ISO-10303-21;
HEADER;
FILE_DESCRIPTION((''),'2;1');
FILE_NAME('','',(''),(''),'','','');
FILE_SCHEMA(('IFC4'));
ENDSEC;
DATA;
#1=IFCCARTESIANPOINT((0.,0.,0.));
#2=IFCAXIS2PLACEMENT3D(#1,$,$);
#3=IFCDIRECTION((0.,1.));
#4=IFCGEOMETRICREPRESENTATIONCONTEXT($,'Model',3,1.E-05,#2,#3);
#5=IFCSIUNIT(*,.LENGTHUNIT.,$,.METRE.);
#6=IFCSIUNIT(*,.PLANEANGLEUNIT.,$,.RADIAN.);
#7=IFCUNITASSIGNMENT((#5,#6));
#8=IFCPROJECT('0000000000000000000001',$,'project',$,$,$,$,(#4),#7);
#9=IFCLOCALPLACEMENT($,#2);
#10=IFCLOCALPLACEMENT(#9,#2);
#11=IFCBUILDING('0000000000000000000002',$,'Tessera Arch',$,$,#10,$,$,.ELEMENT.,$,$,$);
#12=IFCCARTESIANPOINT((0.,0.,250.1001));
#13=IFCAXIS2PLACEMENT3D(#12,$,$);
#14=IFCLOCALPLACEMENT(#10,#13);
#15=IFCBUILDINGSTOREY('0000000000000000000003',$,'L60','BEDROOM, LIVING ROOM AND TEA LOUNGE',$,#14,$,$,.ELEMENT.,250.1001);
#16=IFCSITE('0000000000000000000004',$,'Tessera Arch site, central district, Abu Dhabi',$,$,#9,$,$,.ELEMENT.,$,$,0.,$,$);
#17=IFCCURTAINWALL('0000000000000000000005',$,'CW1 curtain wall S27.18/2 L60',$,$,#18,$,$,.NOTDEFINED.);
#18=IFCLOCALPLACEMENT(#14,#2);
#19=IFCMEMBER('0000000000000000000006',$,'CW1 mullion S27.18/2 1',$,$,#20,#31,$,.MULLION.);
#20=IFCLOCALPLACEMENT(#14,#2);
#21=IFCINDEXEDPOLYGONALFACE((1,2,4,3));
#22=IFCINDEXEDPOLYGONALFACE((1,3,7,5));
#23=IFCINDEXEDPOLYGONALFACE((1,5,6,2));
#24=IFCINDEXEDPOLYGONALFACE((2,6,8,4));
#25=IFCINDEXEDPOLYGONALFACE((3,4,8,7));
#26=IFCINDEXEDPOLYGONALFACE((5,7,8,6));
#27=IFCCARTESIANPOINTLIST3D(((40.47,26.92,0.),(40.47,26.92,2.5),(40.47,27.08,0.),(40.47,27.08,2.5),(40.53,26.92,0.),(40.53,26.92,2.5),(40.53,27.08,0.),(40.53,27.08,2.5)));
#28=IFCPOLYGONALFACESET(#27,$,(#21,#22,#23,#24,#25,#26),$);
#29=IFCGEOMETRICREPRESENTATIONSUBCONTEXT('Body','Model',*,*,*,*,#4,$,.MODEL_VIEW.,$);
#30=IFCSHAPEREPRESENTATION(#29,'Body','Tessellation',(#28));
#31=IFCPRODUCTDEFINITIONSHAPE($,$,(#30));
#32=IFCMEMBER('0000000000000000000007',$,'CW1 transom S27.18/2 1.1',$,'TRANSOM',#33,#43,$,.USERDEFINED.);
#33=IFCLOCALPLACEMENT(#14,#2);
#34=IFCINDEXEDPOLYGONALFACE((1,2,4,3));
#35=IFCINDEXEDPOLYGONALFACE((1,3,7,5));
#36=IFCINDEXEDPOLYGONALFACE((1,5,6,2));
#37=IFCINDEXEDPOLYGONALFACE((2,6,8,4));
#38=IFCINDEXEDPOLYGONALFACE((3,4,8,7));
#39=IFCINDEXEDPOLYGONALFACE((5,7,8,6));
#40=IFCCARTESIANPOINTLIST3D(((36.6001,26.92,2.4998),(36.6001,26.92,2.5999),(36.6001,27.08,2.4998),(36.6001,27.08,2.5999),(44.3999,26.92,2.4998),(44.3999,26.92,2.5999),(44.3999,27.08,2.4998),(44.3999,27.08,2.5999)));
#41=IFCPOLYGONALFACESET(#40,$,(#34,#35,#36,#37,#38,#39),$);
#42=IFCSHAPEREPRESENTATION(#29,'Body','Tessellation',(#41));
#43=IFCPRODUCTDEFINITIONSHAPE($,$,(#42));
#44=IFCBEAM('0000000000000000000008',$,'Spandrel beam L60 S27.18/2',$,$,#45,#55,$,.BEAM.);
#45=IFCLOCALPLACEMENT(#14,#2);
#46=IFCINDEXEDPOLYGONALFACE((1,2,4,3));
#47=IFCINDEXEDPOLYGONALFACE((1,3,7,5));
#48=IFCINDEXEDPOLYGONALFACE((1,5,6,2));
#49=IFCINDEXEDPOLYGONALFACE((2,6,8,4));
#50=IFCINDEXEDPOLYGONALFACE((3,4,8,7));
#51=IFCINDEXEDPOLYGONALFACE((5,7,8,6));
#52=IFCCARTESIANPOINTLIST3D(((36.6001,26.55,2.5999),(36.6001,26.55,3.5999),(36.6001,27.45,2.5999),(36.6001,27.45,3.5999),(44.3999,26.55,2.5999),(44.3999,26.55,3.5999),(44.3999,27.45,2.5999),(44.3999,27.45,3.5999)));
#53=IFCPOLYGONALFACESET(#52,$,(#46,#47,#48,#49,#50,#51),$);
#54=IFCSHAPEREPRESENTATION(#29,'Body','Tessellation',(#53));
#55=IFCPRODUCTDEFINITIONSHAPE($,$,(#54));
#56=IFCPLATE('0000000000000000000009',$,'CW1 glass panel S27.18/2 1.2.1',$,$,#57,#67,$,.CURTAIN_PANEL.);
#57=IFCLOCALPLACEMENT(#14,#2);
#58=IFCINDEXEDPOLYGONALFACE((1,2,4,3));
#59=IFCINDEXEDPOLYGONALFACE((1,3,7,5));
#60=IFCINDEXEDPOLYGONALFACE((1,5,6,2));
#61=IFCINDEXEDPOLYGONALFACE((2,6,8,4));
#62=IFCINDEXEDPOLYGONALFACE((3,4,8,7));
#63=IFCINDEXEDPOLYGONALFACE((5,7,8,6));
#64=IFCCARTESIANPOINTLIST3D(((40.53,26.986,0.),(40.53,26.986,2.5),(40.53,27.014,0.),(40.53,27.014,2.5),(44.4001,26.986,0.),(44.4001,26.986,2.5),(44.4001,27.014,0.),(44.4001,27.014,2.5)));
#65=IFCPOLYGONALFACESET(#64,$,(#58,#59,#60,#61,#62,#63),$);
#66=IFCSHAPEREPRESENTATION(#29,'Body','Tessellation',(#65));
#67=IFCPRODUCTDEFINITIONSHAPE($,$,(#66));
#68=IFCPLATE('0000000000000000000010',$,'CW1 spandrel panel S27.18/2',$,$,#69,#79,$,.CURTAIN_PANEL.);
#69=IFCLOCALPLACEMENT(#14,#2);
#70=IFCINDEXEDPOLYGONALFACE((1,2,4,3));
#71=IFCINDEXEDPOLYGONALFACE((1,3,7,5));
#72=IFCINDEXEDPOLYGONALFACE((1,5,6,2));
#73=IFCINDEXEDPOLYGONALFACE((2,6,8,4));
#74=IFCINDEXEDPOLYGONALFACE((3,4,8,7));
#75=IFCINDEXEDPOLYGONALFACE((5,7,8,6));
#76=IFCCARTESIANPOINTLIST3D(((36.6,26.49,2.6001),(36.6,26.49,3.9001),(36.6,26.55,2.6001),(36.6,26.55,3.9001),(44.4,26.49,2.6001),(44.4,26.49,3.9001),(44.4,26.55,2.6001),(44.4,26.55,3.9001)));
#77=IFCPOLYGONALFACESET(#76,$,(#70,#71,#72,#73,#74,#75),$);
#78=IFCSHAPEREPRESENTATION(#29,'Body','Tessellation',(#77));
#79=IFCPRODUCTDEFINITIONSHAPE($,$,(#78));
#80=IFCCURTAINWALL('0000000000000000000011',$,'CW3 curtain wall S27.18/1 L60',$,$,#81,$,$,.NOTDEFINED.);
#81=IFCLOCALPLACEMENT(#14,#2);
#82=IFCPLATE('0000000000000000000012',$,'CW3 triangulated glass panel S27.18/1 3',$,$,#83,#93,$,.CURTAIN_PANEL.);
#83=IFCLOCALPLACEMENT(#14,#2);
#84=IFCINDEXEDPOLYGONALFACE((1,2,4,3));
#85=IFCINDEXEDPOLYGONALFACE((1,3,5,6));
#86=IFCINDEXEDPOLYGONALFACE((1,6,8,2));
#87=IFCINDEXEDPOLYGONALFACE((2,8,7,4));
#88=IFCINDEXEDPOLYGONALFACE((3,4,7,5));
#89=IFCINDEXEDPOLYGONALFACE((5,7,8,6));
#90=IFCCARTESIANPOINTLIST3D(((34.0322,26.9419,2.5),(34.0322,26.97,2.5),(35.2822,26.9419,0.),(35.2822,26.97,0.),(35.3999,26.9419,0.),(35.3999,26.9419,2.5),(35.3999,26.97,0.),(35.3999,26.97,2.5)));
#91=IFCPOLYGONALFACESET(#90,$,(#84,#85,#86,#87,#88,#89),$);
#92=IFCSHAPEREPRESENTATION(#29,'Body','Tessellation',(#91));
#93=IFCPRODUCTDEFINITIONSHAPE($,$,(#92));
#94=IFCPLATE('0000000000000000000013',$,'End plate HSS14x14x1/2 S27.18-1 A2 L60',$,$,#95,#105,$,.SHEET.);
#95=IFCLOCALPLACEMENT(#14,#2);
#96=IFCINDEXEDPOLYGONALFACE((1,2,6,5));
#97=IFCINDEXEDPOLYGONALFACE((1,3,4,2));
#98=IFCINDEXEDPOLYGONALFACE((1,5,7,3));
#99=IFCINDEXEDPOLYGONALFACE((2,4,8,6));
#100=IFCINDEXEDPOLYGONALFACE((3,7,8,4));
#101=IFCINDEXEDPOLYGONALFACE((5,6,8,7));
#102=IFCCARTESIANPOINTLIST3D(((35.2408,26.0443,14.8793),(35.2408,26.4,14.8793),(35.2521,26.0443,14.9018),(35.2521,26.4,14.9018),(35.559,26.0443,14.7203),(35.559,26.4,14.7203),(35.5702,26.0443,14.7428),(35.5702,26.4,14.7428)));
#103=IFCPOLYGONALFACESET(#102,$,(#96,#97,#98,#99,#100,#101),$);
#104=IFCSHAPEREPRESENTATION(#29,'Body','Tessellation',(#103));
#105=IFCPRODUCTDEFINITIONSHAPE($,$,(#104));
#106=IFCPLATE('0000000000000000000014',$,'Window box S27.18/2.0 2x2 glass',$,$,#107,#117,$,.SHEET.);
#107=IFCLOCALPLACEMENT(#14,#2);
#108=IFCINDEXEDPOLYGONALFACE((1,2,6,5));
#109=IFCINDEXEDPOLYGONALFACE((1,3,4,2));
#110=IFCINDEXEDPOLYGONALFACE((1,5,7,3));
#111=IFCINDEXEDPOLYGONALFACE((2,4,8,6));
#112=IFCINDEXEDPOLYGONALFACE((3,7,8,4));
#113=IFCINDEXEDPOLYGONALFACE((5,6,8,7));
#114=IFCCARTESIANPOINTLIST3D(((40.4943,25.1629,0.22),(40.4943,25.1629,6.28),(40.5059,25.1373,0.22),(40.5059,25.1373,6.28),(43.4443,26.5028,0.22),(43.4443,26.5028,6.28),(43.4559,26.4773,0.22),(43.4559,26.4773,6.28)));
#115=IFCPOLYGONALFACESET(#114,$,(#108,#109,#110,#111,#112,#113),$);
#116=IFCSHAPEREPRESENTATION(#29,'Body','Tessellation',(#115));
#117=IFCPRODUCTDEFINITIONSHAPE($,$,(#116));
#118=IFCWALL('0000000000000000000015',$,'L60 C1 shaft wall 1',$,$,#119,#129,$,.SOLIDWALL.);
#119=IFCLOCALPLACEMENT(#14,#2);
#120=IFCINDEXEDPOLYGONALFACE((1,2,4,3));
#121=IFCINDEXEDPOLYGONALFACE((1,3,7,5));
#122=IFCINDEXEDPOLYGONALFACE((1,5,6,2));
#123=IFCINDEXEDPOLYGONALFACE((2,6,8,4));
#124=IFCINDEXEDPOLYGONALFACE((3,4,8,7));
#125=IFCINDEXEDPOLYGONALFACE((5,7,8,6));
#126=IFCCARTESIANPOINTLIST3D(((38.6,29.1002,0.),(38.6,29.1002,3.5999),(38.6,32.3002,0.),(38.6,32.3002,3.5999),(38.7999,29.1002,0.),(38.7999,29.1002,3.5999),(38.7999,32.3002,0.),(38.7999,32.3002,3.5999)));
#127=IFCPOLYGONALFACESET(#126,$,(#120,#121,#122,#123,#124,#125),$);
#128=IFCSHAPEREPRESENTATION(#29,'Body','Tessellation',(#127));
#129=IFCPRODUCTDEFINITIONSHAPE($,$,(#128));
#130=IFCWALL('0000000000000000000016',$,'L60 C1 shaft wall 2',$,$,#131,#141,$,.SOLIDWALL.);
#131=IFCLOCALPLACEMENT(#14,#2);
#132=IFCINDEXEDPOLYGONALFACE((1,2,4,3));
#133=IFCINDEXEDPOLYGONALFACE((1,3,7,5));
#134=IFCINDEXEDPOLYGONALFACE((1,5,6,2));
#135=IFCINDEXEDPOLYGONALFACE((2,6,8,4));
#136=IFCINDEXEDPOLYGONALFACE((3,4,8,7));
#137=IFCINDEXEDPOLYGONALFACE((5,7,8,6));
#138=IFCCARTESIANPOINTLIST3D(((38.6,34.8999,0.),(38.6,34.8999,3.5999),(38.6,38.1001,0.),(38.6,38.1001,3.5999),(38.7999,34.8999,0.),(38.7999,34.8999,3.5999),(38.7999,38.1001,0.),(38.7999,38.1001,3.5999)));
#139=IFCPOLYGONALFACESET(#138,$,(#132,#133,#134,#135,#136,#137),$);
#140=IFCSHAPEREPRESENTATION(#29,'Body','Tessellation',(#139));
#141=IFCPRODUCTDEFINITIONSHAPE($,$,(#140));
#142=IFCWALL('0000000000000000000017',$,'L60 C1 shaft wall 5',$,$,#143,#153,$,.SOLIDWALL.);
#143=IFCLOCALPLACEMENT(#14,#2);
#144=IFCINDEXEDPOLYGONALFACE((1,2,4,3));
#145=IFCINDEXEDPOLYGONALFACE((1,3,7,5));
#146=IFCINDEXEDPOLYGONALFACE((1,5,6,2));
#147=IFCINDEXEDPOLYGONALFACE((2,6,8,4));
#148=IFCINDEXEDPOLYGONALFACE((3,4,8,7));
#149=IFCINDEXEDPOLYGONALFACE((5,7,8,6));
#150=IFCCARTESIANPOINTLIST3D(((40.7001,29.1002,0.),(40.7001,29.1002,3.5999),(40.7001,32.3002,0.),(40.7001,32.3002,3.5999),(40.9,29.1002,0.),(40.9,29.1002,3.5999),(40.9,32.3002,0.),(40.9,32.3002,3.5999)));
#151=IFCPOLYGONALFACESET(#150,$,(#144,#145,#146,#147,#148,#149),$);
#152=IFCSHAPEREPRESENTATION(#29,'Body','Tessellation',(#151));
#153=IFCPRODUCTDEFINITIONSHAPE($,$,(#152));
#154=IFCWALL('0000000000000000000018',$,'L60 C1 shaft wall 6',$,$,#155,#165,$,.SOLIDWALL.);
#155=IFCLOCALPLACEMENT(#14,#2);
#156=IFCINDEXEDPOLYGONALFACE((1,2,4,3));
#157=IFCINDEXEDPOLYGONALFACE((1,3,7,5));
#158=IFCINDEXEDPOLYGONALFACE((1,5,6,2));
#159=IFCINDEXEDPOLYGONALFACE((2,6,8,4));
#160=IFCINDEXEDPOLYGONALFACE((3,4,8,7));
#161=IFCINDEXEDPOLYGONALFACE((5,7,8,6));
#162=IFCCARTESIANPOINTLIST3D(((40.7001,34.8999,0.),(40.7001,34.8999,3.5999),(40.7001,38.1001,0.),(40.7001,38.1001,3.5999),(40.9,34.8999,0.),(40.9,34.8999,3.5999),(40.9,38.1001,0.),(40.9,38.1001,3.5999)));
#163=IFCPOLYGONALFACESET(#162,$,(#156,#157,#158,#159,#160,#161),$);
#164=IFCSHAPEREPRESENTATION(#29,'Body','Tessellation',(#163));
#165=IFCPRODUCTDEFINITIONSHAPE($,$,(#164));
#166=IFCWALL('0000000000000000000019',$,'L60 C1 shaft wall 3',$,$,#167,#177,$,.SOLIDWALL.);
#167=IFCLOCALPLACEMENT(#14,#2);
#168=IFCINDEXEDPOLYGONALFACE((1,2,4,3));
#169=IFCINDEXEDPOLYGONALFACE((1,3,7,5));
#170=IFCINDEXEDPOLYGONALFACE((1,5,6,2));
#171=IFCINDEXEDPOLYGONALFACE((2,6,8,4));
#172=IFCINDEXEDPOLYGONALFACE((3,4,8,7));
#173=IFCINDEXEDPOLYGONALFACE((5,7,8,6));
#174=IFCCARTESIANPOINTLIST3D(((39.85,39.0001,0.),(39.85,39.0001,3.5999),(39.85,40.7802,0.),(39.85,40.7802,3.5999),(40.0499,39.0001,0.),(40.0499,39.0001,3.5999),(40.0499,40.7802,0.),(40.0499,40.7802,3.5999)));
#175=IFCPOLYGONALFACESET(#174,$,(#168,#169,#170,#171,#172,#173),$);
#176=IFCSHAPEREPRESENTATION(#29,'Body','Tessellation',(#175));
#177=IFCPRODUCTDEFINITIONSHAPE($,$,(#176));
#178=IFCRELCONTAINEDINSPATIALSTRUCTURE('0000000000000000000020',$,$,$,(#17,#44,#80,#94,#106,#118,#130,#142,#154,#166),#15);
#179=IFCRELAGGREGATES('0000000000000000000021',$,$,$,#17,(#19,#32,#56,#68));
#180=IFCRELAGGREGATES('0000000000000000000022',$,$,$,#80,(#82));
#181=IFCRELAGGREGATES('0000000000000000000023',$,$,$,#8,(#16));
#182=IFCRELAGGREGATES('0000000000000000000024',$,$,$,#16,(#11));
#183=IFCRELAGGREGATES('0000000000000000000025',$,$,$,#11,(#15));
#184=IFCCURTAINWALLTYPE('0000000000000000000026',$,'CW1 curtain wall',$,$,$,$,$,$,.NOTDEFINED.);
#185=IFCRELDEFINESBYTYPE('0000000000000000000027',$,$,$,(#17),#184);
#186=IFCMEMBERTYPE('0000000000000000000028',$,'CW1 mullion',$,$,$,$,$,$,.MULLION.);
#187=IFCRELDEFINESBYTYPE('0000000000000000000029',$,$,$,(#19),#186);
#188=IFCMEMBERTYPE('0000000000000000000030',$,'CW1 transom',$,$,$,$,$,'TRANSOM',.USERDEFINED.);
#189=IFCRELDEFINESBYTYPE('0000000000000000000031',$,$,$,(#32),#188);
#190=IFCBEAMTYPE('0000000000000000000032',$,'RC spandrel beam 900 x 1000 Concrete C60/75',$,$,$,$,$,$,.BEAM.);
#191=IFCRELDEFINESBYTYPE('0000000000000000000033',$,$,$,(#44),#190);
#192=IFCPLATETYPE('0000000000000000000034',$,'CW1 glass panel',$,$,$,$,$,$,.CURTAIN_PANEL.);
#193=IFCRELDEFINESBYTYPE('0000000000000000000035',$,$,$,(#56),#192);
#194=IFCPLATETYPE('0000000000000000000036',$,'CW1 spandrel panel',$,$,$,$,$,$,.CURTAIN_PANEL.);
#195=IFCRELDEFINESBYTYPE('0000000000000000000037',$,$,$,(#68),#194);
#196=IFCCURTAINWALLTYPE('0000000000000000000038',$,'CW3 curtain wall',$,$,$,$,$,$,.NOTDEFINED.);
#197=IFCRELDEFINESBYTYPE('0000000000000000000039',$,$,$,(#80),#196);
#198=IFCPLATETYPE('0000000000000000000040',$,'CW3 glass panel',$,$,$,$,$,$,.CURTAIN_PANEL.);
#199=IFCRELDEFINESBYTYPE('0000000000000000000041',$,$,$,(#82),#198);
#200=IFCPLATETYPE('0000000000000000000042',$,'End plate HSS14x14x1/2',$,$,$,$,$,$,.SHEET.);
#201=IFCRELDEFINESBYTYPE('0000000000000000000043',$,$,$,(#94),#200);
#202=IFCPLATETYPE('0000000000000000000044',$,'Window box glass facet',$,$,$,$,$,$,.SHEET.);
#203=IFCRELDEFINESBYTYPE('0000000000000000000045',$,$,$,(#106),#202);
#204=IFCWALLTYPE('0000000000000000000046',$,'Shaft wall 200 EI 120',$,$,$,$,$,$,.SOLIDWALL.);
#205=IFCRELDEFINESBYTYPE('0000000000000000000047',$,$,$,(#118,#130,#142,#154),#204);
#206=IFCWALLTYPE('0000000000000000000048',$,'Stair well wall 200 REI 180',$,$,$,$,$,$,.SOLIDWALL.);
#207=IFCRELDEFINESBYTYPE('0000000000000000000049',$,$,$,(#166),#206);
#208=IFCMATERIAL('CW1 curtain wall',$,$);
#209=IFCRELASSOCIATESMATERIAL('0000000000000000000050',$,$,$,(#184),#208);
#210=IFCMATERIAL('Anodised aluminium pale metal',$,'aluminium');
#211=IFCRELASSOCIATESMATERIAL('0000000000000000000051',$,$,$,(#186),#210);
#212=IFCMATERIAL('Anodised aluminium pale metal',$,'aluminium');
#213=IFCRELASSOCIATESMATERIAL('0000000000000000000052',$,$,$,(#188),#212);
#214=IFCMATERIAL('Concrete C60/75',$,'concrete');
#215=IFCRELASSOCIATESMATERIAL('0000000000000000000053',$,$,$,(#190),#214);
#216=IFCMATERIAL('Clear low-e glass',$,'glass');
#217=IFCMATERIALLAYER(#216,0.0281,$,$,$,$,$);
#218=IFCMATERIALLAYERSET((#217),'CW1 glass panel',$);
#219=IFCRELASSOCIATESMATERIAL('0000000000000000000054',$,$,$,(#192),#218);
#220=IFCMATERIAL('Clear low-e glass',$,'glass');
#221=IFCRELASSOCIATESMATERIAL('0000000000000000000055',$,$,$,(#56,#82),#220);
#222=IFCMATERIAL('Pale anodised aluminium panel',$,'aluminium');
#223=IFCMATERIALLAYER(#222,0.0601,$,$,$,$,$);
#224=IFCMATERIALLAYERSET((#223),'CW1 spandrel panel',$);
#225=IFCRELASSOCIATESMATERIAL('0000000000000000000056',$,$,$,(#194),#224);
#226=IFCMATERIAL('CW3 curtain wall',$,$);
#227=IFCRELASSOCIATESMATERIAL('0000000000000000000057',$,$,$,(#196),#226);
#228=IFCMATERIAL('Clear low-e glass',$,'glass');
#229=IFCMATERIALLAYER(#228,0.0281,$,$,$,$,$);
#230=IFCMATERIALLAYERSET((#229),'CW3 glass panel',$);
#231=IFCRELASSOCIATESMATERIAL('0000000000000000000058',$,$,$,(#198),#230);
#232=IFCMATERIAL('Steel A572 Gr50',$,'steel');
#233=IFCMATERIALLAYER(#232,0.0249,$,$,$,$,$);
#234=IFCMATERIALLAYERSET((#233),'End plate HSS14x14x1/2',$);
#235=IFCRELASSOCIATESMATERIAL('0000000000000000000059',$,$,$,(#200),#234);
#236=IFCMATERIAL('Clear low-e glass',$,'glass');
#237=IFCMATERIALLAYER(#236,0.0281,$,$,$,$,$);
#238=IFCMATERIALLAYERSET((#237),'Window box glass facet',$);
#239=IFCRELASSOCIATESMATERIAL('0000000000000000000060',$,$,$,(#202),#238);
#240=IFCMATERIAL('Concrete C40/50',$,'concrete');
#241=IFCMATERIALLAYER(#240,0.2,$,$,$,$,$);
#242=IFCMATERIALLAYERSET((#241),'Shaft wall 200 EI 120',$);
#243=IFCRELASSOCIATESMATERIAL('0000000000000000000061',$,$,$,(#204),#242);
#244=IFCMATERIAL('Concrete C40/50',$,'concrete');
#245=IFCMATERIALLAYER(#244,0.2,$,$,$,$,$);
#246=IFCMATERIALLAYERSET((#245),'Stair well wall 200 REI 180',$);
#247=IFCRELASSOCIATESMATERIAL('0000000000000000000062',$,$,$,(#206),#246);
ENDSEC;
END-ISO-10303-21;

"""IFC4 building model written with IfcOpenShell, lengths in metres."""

from ifc_helpers import new_model, si_unit, direction, frame, frame_2d, origin, origin_2d, place, context, subcontext, project, spatial, polyline, rectangle, outline, extrude, material, layer, layer_set, material_profile, profile_set, type_object, element, aggregate, save


model = new_model("IFC4")

# Units and contexts
model_context = context("Model", 3, precision=1e-05, world=origin(), true_north=direction((0.0, 1.0)))
body_context = subcontext(model_context, "Body", "Model", "MODEL_VIEW")
ifc_project = project(units=[si_unit("LENGTHUNIT", "METRE"), si_unit("PLANEANGLEUNIT", "RADIAN")], contexts=[model_context])

# Site, building, storey
site_placement = place(None, origin())
site = spatial("IfcSite", under=ifc_project, at=site_placement, Name="Tessera Arch site, central district, Abu Dhabi", CompositionType="ELEMENT", RefElevation=0.0)
building_placement = place(site_placement, origin())
building = spatial("IfcBuilding", under=site, at=building_placement, Name="Tessera Arch", CompositionType="ELEMENT")
storey_placement = place(building_placement, frame((0.0, 0.0, 250.1001)))
storey = spatial("IfcBuildingStorey", under=building, at=storey_placement, Name="L60", Description="BEDROOM, LIVING ROOM AND TEA LOUNGE", CompositionType="ELEMENT", Elevation=250.1001)

# Curtain wall, members
ifc_material_1 = material(Name="CW1 curtain wall")
curtain_wall_type_1 = type_object("IfcCurtainWallType", Name="CW1 curtain wall", PredefinedType="NOTDEFINED", material=ifc_material_1)
curtain_wall_1_placement = place(storey_placement, origin())
curtain_wall_1 = element("IfcCurtainWall", 1, at=curtain_wall_1_placement, inside=storey, type_object=curtain_wall_type_1, Name="CW1 curtain wall S27.18/2 L60", PredefinedType="NOTDEFINED")
ifc_material_2 = material(Name="Anodised aluminium pale metal", Category="aluminium")
ifc_material_profile_1 = material_profile(ifc_material_2, rectangle(XDim=0.1599, YDim=0.0601, at=origin_2d()), Name="AL 60x160")
ifc_profile_set_1 = profile_set([ifc_material_profile_1], Name="Anodised aluminium pale metal")
member_type_1 = type_object("IfcMemberType", Name="CW1 mullion", PredefinedType="MULLION", material=ifc_profile_set_1)
member_1_placement = place(storey_placement, frame((40.5, 27.0, 0.0), z_axis=(0.0, 0.0, 1.0), x_axis=(0.0, 1.0, 0.0)))
member_1 = element("IfcMember", 2, at=member_1_placement, type_object=member_type_1, Name="CW1 mullion S27.18/2 1", PredefinedType="MULLION", context=body_context, shape_type="SweptSolid", body=[
    extrude(rectangle(XDim=0.1599, YDim=0.0601, at=origin_2d()), origin(), (0.0, 0.0, 1.0), 2.5),
])
ifc_material_3 = material(Name="Anodised aluminium pale metal", Category="aluminium")
ifc_material_profile_2 = material_profile(ifc_material_3, rectangle(XDim=0.1599, YDim=0.1001, at=origin_2d()), Name="AL 160x100")
ifc_profile_set_2 = profile_set([ifc_material_profile_2], Name="Anodised aluminium pale metal")
member_type_2 = type_object("IfcMemberType", Name="CW1 transom", ElementType="TRANSOM", PredefinedType="USERDEFINED", material=ifc_profile_set_2)
member_2_placement = place(storey_placement, frame((36.6001, 27.0, 2.5498), z_axis=(1.0, 0.0, 0.0), x_axis=(0.0, 1.0, 0.0)))
member_2 = element("IfcMember", 3, at=member_2_placement, type_object=member_type_2, Name="CW1 transom S27.18/2 1.1", ObjectType="TRANSOM", PredefinedType="USERDEFINED", context=body_context, shape_type="SweptSolid", body=[
    extrude(rectangle(XDim=0.1599, YDim=0.1001, at=origin_2d()), origin(), (0.0, 0.0, 1.0), 7.7998),
])

# Beam
ifc_material_4 = material(Name="Concrete C60/75", Category="concrete")
ifc_material_profile_3 = material_profile(ifc_material_4, rectangle(XDim=0.8999, YDim=1.0, at=origin_2d()), Name="RC spandrel beam 900 x 1000 Concrete C60/75")
ifc_profile_set_3 = profile_set([ifc_material_profile_3], Name="Concrete C60/75")
beam_type = type_object("IfcBeamType", Name="RC spandrel beam 900 x 1000 Concrete C60/75", PredefinedType="BEAM", material=ifc_profile_set_3)
beam_placement = place(storey_placement, frame((36.6001, 27.0, 3.0999), z_axis=(1.0, 0.0, 0.0), x_axis=(0.0, 1.0, 0.0)))
element("IfcBeam", 4, at=beam_placement, inside=storey, type_object=beam_type, Name="Spandrel beam L60 S27.18/2", PredefinedType="BEAM", context=body_context, shape_type="SweptSolid", body=[
    extrude(rectangle(XDim=0.8999, YDim=1.0, at=origin_2d()), origin(), (0.0, 0.0, 1.0), 7.7998),
])

# Plates
ifc_material_5 = material(Name="Clear low-e glass", Category="glass")
ifc_material_6 = material(Name="Clear low-e glass", Category="glass")
ifc_layer_1 = layer(ifc_material_6, 0.0281)
ifc_layer_set_1 = layer_set([ifc_layer_1], Name="CW1 glass panel")
plate_type_1 = type_object("IfcPlateType", Name="CW1 glass panel", PredefinedType="CURTAIN_PANEL", material=ifc_layer_set_1)
plate_1_placement = place(storey_placement, frame((42.4651, 27.0, 0.0), z_axis=(0.0, 0.0, 1.0), x_axis=(1.0, 0.0, 0.0)))
plate_1 = element("IfcPlate", 5, at=plate_1_placement, type_object=plate_type_1, material=ifc_material_5, Name="CW1 glass panel S27.18/2 1.2.1", PredefinedType="CURTAIN_PANEL", context=body_context, shape_type="SweptSolid", body=[
    extrude(rectangle(XDim=3.8701, YDim=0.0281, at=origin_2d()), origin(), (0.0, 0.0, 1.0), 2.5),
])
ifc_material_7 = material(Name="Pale anodised aluminium panel", Category="aluminium")
ifc_layer_2 = layer(ifc_material_7, 0.0601)
ifc_layer_set_2 = layer_set([ifc_layer_2], Name="CW1 spandrel panel")
plate_type_2 = type_object("IfcPlateType", Name="CW1 spandrel panel", PredefinedType="CURTAIN_PANEL", material=ifc_layer_set_2)
plate_2_placement = place(storey_placement, frame((40.5, 26.52, 2.6001), z_axis=(0.0, 0.0, 1.0), x_axis=(1.0, 0.0, 0.0)))
plate_2 = element("IfcPlate", 6, at=plate_2_placement, type_object=plate_type_2, Name="CW1 spandrel panel S27.18/2", PredefinedType="CURTAIN_PANEL", context=body_context, shape_type="SweptSolid", body=[
    extrude(rectangle(XDim=7.8, YDim=0.0601, at=origin_2d()), origin(), (0.0, 0.0, 1.0), 1.3),
])
aggregate(curtain_wall_1, [member_1, member_2, plate_1, plate_2])

# Curtain wall, plate
ifc_material_8 = material(Name="CW3 curtain wall")
curtain_wall_type_2 = type_object("IfcCurtainWallType", Name="CW3 curtain wall", PredefinedType="NOTDEFINED", material=ifc_material_8)
curtain_wall_2_placement = place(storey_placement, origin())
curtain_wall_2 = element("IfcCurtainWall", 7, at=curtain_wall_2_placement, inside=storey, type_object=curtain_wall_type_2, Name="CW3 curtain wall S27.18/1 L60", PredefinedType="NOTDEFINED")
ifc_material_9 = material(Name="Clear low-e glass", Category="glass")
ifc_layer_3 = layer(ifc_material_9, 0.0281)
ifc_layer_set_3 = layer_set([ifc_layer_3], Name="CW3 glass panel")
plate_type_3 = type_object("IfcPlateType", Name="CW3 glass panel", PredefinedType="CURTAIN_PANEL", material=ifc_layer_set_3)
plate_3_placement = place(storey_placement, frame((35.3999, 26.9419, 2.5), z_axis=(0.0, -1.0, 0.0), x_axis=(-1.0, 0.0, 0.0)))
plate_3 = element("IfcPlate", 8, at=plate_3_placement, type_object=plate_type_3, material=ifc_material_5, Name="CW3 triangulated glass panel S27.18/1 3", PredefinedType="CURTAIN_PANEL", context=body_context, shape_type="SweptSolid", body=[
    extrude(outline(polyline([(0.0, 0.0), (1.3677, 0.0), (0.1177, 2.5), (0.0, 2.5), (0.0, 0.0)])), origin(), (0.0, 0.0, -1.0), 0.0281),
])
aggregate(curtain_wall_2, [plate_3])

# Plates
ifc_material_10 = material(Name="Steel A572 Gr50", Category="steel")
ifc_layer_4 = layer(ifc_material_10, 0.0249)
ifc_layer_set_4 = layer_set([ifc_layer_4], Name="End plate HSS14x14x1/2")
plate_type_4 = type_object("IfcPlateType", Name="End plate HSS14x14x1/2", PredefinedType="SHEET", material=ifc_layer_set_4)
plate_4_placement = place(storey_placement, frame((35.3999, 26.2222, 14.7998), z_axis=(0.447214, 0.0, 0.894427), x_axis=(0.0, 1.0, 0.0)))
element("IfcPlate", 9, at=plate_4_placement, inside=storey, type_object=plate_type_4, Name="End plate HSS14x14x1/2 S27.18-1 A2 L60", PredefinedType="SHEET", context=body_context, shape_type="SweptSolid", body=[
    extrude(rectangle(XDim=0.3557, YDim=0.3557, at=origin_2d()), origin(), (0.0, 0.0, 1.0), 0.0251),
])
ifc_material_11 = material(Name="Clear low-e glass", Category="glass")
ifc_layer_5 = layer(ifc_material_11, 0.0281)
ifc_layer_set_5 = layer_set([ifc_layer_5], Name="Window box glass facet")
plate_type_5 = type_object("IfcPlateType", Name="Window box glass facet", PredefinedType="SHEET", material=ifc_layer_set_5)
plate_5_placement = place(storey_placement, frame((41.9751, 25.8201, 0.22), z_axis=(0.0, 0.0, 1.0), x_axis=(-0.910472, -0.41357, 0.0)))
element("IfcPlate", 10, at=plate_5_placement, inside=storey, type_object=plate_type_5, Name="Window box S27.18/2.0 2x2 glass", PredefinedType="SHEET", context=body_context, shape_type="SweptSolid", body=[
    extrude(rectangle(XDim=3.24, YDim=0.0281, at=origin_2d()), origin(), (0.0, 0.0, 1.0), 6.0601),
])

# Walls
ifc_material_12 = material(Name="Concrete C40/50", Category="concrete")
ifc_layer_6 = layer(ifc_material_12, 0.2)
ifc_layer_set_6 = layer_set([ifc_layer_6], Name="Shaft wall 200 EI 120")
wall_type_1 = type_object("IfcWallType", Name="Shaft wall 200 EI 120", PredefinedType="SOLIDWALL", material=ifc_layer_set_6)
wall_1_placement = place(storey_placement, frame((38.7, 29.1001, 0.0), z_axis=(0.0, 0.0, 1.0), x_axis=(0.0, 1.0, 0.0)))
element("IfcWall", 11, at=wall_1_placement, inside=storey, type_object=wall_type_1, Name="L60 C1 shaft wall 1", PredefinedType="SOLIDWALL", context=body_context, shape_type="SweptSolid", body=[
    extrude(rectangle(XDim=3.2, YDim=0.2, at=frame_2d((1.6001, 0.0))), origin(), (0.0, 0.0, 1.0), 3.5999),
])
wall_2_placement = place(storey_placement, frame((38.7, 34.8999, 0.0), z_axis=(0.0, 0.0, 1.0), x_axis=(0.0, 1.0, 0.0)))
element("IfcWall", 12, at=wall_2_placement, inside=storey, type_object=wall_type_1, Name="L60 C1 shaft wall 2", PredefinedType="SOLIDWALL", context=body_context, shape_type="SweptSolid", body=[
    extrude(rectangle(XDim=3.2002, YDim=0.2, at=frame_2d((1.6001, 0.0))), origin(), (0.0, 0.0, 1.0), 3.5999),
])
wall_3_placement = place(storey_placement, frame((40.8, 29.1001, 0.0), z_axis=(0.0, 0.0, 1.0), x_axis=(0.0, 1.0, 0.0)))
element("IfcWall", 13, at=wall_3_placement, inside=storey, type_object=wall_type_1, Name="L60 C1 shaft wall 5", PredefinedType="SOLIDWALL", context=body_context, shape_type="SweptSolid", body=[
    extrude(rectangle(XDim=3.2, YDim=0.2, at=frame_2d((1.6001, 0.0))), origin(), (0.0, 0.0, 1.0), 3.5999),
])
wall_4_placement = place(storey_placement, frame((40.8, 34.8999, 0.0), z_axis=(0.0, 0.0, 1.0), x_axis=(0.0, 1.0, 0.0)))
element("IfcWall", 14, at=wall_4_placement, inside=storey, type_object=wall_type_1, Name="L60 C1 shaft wall 6", PredefinedType="SOLIDWALL", context=body_context, shape_type="SweptSolid", body=[
    extrude(rectangle(XDim=3.2002, YDim=0.2, at=frame_2d((1.6001, 0.0))), origin(), (0.0, 0.0, 1.0), 3.5999),
])
ifc_material_13 = material(Name="Concrete C40/50", Category="concrete")
ifc_layer_7 = layer(ifc_material_13, 0.2)
ifc_layer_set_7 = layer_set([ifc_layer_7], Name="Stair well wall 200 REI 180")
wall_type_2 = type_object("IfcWallType", Name="Stair well wall 200 REI 180", PredefinedType="SOLIDWALL", material=ifc_layer_set_7)
wall_5_placement = place(storey_placement, frame((39.95, 39.0, 0.0), z_axis=(0.0, 0.0, 1.0), x_axis=(0.0, 1.0, 0.0)))
element("IfcWall", 15, at=wall_5_placement, inside=storey, type_object=wall_type_2, Name="L60 C1 shaft wall 3", PredefinedType="SOLIDWALL", context=body_context, shape_type="SweptSolid", body=[
    extrude(rectangle(XDim=1.78, YDim=0.2, at=frame_2d((0.8901, 0.0))), origin(), (0.0, 0.0, 1.0), 3.5999),
])

save(model, "model.ifc")
